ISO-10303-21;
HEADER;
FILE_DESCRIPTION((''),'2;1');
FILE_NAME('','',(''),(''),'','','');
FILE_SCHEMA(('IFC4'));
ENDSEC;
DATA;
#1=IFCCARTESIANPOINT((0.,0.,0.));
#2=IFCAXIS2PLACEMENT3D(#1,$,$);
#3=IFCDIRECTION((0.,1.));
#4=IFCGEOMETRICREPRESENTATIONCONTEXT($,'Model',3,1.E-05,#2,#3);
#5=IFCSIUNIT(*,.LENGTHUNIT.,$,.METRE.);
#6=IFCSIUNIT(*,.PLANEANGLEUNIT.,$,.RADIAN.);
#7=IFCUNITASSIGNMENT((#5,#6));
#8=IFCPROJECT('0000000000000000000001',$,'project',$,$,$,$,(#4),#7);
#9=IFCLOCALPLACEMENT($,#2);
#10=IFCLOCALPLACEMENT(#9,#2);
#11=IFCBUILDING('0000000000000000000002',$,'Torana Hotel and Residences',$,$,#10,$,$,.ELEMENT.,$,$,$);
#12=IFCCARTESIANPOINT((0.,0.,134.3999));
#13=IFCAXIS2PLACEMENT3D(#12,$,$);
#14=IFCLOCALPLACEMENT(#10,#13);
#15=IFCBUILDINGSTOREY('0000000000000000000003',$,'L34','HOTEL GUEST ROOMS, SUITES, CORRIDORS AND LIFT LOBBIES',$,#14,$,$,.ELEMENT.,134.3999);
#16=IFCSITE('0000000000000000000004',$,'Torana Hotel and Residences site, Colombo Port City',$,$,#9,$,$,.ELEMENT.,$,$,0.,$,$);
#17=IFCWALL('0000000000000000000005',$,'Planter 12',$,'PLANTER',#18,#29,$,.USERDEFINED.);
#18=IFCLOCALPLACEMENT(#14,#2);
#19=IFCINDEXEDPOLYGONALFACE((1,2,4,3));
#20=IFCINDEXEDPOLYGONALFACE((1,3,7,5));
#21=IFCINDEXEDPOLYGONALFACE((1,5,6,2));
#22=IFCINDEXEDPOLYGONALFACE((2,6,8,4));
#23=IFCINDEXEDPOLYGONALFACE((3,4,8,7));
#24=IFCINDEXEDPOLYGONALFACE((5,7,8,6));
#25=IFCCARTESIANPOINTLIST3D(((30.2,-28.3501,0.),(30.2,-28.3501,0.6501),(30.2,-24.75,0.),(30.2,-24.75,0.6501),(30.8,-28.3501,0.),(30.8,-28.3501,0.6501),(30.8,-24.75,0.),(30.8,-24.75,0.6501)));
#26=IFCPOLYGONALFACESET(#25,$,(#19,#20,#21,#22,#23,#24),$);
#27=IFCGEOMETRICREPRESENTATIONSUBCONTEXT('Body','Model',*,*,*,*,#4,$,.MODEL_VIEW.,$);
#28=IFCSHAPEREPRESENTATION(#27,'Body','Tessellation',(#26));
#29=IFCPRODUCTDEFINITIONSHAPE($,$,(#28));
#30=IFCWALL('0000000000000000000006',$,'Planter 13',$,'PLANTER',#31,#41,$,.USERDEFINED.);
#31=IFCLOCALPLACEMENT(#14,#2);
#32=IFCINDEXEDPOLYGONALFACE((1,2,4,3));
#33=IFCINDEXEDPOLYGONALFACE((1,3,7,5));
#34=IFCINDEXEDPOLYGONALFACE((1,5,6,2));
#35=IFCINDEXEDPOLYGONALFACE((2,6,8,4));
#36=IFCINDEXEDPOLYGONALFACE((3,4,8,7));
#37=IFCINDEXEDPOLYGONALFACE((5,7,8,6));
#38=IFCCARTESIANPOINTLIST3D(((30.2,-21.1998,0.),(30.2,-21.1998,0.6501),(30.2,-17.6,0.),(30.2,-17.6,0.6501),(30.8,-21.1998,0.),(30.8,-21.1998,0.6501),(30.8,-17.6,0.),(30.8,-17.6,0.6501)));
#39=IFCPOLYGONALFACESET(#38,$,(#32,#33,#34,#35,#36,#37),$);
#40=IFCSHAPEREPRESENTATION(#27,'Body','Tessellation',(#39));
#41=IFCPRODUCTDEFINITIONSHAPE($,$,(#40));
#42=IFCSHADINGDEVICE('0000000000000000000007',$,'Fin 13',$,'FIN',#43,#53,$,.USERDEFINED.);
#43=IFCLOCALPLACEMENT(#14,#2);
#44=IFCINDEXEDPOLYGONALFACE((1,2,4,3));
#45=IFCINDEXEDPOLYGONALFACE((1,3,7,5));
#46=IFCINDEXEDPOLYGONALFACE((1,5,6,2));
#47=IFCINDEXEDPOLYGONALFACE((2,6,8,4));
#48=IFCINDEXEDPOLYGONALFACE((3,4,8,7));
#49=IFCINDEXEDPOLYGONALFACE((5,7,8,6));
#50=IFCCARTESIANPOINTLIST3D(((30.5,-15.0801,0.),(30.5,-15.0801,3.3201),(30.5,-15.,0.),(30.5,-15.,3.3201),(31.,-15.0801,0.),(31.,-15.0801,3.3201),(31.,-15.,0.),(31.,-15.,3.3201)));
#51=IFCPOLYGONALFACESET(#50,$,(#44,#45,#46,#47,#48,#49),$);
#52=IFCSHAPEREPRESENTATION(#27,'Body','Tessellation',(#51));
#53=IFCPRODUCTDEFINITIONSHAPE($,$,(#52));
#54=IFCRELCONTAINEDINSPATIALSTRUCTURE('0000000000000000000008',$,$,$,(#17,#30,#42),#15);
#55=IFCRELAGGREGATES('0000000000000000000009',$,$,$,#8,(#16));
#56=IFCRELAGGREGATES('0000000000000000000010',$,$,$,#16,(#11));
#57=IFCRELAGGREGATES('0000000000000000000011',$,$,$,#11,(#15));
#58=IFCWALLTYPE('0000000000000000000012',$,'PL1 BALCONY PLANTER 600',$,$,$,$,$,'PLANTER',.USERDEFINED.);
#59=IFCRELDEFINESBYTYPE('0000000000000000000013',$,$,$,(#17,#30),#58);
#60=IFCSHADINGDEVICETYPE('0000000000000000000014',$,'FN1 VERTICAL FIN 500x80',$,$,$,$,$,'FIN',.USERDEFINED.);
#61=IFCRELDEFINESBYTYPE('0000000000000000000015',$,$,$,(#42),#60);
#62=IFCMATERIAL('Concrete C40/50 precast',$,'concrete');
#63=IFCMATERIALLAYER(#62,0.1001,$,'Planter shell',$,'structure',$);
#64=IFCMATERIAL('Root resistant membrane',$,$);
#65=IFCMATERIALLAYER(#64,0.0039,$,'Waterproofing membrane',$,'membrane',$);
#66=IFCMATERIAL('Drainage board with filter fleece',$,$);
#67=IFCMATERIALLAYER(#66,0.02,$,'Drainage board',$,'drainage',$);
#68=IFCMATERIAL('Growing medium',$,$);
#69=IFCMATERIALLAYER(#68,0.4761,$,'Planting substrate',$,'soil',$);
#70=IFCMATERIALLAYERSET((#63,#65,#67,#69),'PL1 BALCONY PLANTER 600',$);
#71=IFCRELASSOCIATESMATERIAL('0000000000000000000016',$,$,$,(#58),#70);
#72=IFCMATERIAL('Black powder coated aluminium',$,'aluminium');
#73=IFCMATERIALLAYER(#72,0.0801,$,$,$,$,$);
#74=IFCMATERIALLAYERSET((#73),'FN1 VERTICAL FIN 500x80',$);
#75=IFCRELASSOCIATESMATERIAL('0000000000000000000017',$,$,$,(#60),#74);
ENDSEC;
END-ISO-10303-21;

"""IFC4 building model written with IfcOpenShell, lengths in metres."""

from ifc_helpers import new_model, si_unit, direction, frame, frame_2d, origin, origin_2d, place, context, subcontext, project, spatial, rectangle, extrude, material, layer, layer_set, type_object, element, save


model = new_model("IFC4")

# Units and contexts
model_context = context("Model", 3, precision=1e-05, world=origin(), true_north=direction((0.0, 1.0)))
body_context = subcontext(model_context, "Body", "Model", "MODEL_VIEW")
ifc_project = project(units=[si_unit("LENGTHUNIT", "METRE"), si_unit("PLANEANGLEUNIT", "RADIAN")], contexts=[model_context])

# Site, building, storey
site_placement = place(None, origin())
site = spatial("IfcSite", under=ifc_project, at=site_placement, Name="Torana Hotel and Residences site, Colombo Port City", CompositionType="ELEMENT", RefElevation=0.0)
building_placement = place(site_placement, origin())
building = spatial("IfcBuilding", under=site, at=building_placement, Name="Torana Hotel and Residences", CompositionType="ELEMENT")
storey_placement = place(building_placement, frame((0.0, 0.0, 134.3999)))
storey = spatial("IfcBuildingStorey", under=building, at=storey_placement, Name="L34", Description="HOTEL GUEST ROOMS, SUITES, CORRIDORS AND LIFT LOBBIES", CompositionType="ELEMENT", Elevation=134.3999)

# Walls
ifc_material_1 = material(Name="Concrete C40/50 precast", Category="concrete")
ifc_layer_1 = layer(ifc_material_1, 0.1001, Name="Planter shell", Category="structure")
ifc_material_2 = material(Name="Root resistant membrane")
ifc_layer_2 = layer(ifc_material_2, 0.0039, Name="Waterproofing membrane", Category="membrane")
ifc_material_3 = material(Name="Drainage board with filter fleece")
ifc_layer_3 = layer(ifc_material_3, 0.02, Name="Drainage board", Category="drainage")
ifc_material_4 = material(Name="Growing medium")
ifc_layer_4 = layer(ifc_material_4, 0.4761, Name="Planting substrate", Category="soil")
ifc_layer_set_1 = layer_set([ifc_layer_1, ifc_layer_2, ifc_layer_3, ifc_layer_4], Name="PL1 BALCONY PLANTER 600")
wall_type_1 = type_object("IfcWallType", Name="PL1 BALCONY PLANTER 600", ElementType="PLANTER", PredefinedType="USERDEFINED", material=ifc_layer_set_1)
wall_1_placement = place(storey_placement, frame((30.5, -24.75, 0.0), z_axis=(0.0, 0.0, 1.0), x_axis=(0.0, -1.0, 0.0)))
element("IfcWall", 1, at=wall_1_placement, inside=storey, type_object=wall_type_1, Name="Planter 12", ObjectType="PLANTER", PredefinedType="USERDEFINED", context=body_context, shape_type="SweptSolid", body=[
    extrude(rectangle(XDim=3.6001, YDim=0.6001, at=frame_2d((1.8, 0.0))), origin(), (0.0, 0.0, 1.0), 0.6501),
])
wall_2_placement = place(storey_placement, frame((30.5, -17.6001, 0.0), z_axis=(0.0, 0.0, 1.0), x_axis=(0.0, -1.0, 0.0)))
element("IfcWall", 2, at=wall_2_placement, inside=storey, type_object=wall_type_1, Name="Planter 13", ObjectType="PLANTER", PredefinedType="USERDEFINED", context=body_context, shape_type="SweptSolid", body=[
    extrude(rectangle(XDim=3.5999, YDim=0.6001, at=frame_2d((1.7998, 0.0))), origin(), (0.0, 0.0, 1.0), 0.6501),
])

# Shading device
ifc_material_5 = material(Name="Black powder coated aluminium", Category="aluminium")
ifc_layer_5 = layer(ifc_material_5, 0.0801)
ifc_layer_set_2 = layer_set([ifc_layer_5], Name="FN1 VERTICAL FIN 500x80")
shading_device_type = type_object("IfcShadingDeviceType", Name="FN1 VERTICAL FIN 500x80", ElementType="FIN", PredefinedType="USERDEFINED", material=ifc_layer_set_2)
shading_device_placement = place(storey_placement, frame((30.75, -15.04, 0.0), z_axis=(0.0, 0.0, 1.0), x_axis=(0.0, -1.0, 0.0)))
element("IfcShadingDevice", 3, at=shading_device_placement, inside=storey, type_object=shading_device_type, Name="Fin 13", ObjectType="FIN", PredefinedType="USERDEFINED", context=body_context, shape_type="SweptSolid", body=[
    extrude(rectangle(XDim=0.0801, YDim=0.5, at=origin_2d()), origin(), (0.0, 0.0, 1.0), 3.3201),
])

save(model, "model.ifc")
